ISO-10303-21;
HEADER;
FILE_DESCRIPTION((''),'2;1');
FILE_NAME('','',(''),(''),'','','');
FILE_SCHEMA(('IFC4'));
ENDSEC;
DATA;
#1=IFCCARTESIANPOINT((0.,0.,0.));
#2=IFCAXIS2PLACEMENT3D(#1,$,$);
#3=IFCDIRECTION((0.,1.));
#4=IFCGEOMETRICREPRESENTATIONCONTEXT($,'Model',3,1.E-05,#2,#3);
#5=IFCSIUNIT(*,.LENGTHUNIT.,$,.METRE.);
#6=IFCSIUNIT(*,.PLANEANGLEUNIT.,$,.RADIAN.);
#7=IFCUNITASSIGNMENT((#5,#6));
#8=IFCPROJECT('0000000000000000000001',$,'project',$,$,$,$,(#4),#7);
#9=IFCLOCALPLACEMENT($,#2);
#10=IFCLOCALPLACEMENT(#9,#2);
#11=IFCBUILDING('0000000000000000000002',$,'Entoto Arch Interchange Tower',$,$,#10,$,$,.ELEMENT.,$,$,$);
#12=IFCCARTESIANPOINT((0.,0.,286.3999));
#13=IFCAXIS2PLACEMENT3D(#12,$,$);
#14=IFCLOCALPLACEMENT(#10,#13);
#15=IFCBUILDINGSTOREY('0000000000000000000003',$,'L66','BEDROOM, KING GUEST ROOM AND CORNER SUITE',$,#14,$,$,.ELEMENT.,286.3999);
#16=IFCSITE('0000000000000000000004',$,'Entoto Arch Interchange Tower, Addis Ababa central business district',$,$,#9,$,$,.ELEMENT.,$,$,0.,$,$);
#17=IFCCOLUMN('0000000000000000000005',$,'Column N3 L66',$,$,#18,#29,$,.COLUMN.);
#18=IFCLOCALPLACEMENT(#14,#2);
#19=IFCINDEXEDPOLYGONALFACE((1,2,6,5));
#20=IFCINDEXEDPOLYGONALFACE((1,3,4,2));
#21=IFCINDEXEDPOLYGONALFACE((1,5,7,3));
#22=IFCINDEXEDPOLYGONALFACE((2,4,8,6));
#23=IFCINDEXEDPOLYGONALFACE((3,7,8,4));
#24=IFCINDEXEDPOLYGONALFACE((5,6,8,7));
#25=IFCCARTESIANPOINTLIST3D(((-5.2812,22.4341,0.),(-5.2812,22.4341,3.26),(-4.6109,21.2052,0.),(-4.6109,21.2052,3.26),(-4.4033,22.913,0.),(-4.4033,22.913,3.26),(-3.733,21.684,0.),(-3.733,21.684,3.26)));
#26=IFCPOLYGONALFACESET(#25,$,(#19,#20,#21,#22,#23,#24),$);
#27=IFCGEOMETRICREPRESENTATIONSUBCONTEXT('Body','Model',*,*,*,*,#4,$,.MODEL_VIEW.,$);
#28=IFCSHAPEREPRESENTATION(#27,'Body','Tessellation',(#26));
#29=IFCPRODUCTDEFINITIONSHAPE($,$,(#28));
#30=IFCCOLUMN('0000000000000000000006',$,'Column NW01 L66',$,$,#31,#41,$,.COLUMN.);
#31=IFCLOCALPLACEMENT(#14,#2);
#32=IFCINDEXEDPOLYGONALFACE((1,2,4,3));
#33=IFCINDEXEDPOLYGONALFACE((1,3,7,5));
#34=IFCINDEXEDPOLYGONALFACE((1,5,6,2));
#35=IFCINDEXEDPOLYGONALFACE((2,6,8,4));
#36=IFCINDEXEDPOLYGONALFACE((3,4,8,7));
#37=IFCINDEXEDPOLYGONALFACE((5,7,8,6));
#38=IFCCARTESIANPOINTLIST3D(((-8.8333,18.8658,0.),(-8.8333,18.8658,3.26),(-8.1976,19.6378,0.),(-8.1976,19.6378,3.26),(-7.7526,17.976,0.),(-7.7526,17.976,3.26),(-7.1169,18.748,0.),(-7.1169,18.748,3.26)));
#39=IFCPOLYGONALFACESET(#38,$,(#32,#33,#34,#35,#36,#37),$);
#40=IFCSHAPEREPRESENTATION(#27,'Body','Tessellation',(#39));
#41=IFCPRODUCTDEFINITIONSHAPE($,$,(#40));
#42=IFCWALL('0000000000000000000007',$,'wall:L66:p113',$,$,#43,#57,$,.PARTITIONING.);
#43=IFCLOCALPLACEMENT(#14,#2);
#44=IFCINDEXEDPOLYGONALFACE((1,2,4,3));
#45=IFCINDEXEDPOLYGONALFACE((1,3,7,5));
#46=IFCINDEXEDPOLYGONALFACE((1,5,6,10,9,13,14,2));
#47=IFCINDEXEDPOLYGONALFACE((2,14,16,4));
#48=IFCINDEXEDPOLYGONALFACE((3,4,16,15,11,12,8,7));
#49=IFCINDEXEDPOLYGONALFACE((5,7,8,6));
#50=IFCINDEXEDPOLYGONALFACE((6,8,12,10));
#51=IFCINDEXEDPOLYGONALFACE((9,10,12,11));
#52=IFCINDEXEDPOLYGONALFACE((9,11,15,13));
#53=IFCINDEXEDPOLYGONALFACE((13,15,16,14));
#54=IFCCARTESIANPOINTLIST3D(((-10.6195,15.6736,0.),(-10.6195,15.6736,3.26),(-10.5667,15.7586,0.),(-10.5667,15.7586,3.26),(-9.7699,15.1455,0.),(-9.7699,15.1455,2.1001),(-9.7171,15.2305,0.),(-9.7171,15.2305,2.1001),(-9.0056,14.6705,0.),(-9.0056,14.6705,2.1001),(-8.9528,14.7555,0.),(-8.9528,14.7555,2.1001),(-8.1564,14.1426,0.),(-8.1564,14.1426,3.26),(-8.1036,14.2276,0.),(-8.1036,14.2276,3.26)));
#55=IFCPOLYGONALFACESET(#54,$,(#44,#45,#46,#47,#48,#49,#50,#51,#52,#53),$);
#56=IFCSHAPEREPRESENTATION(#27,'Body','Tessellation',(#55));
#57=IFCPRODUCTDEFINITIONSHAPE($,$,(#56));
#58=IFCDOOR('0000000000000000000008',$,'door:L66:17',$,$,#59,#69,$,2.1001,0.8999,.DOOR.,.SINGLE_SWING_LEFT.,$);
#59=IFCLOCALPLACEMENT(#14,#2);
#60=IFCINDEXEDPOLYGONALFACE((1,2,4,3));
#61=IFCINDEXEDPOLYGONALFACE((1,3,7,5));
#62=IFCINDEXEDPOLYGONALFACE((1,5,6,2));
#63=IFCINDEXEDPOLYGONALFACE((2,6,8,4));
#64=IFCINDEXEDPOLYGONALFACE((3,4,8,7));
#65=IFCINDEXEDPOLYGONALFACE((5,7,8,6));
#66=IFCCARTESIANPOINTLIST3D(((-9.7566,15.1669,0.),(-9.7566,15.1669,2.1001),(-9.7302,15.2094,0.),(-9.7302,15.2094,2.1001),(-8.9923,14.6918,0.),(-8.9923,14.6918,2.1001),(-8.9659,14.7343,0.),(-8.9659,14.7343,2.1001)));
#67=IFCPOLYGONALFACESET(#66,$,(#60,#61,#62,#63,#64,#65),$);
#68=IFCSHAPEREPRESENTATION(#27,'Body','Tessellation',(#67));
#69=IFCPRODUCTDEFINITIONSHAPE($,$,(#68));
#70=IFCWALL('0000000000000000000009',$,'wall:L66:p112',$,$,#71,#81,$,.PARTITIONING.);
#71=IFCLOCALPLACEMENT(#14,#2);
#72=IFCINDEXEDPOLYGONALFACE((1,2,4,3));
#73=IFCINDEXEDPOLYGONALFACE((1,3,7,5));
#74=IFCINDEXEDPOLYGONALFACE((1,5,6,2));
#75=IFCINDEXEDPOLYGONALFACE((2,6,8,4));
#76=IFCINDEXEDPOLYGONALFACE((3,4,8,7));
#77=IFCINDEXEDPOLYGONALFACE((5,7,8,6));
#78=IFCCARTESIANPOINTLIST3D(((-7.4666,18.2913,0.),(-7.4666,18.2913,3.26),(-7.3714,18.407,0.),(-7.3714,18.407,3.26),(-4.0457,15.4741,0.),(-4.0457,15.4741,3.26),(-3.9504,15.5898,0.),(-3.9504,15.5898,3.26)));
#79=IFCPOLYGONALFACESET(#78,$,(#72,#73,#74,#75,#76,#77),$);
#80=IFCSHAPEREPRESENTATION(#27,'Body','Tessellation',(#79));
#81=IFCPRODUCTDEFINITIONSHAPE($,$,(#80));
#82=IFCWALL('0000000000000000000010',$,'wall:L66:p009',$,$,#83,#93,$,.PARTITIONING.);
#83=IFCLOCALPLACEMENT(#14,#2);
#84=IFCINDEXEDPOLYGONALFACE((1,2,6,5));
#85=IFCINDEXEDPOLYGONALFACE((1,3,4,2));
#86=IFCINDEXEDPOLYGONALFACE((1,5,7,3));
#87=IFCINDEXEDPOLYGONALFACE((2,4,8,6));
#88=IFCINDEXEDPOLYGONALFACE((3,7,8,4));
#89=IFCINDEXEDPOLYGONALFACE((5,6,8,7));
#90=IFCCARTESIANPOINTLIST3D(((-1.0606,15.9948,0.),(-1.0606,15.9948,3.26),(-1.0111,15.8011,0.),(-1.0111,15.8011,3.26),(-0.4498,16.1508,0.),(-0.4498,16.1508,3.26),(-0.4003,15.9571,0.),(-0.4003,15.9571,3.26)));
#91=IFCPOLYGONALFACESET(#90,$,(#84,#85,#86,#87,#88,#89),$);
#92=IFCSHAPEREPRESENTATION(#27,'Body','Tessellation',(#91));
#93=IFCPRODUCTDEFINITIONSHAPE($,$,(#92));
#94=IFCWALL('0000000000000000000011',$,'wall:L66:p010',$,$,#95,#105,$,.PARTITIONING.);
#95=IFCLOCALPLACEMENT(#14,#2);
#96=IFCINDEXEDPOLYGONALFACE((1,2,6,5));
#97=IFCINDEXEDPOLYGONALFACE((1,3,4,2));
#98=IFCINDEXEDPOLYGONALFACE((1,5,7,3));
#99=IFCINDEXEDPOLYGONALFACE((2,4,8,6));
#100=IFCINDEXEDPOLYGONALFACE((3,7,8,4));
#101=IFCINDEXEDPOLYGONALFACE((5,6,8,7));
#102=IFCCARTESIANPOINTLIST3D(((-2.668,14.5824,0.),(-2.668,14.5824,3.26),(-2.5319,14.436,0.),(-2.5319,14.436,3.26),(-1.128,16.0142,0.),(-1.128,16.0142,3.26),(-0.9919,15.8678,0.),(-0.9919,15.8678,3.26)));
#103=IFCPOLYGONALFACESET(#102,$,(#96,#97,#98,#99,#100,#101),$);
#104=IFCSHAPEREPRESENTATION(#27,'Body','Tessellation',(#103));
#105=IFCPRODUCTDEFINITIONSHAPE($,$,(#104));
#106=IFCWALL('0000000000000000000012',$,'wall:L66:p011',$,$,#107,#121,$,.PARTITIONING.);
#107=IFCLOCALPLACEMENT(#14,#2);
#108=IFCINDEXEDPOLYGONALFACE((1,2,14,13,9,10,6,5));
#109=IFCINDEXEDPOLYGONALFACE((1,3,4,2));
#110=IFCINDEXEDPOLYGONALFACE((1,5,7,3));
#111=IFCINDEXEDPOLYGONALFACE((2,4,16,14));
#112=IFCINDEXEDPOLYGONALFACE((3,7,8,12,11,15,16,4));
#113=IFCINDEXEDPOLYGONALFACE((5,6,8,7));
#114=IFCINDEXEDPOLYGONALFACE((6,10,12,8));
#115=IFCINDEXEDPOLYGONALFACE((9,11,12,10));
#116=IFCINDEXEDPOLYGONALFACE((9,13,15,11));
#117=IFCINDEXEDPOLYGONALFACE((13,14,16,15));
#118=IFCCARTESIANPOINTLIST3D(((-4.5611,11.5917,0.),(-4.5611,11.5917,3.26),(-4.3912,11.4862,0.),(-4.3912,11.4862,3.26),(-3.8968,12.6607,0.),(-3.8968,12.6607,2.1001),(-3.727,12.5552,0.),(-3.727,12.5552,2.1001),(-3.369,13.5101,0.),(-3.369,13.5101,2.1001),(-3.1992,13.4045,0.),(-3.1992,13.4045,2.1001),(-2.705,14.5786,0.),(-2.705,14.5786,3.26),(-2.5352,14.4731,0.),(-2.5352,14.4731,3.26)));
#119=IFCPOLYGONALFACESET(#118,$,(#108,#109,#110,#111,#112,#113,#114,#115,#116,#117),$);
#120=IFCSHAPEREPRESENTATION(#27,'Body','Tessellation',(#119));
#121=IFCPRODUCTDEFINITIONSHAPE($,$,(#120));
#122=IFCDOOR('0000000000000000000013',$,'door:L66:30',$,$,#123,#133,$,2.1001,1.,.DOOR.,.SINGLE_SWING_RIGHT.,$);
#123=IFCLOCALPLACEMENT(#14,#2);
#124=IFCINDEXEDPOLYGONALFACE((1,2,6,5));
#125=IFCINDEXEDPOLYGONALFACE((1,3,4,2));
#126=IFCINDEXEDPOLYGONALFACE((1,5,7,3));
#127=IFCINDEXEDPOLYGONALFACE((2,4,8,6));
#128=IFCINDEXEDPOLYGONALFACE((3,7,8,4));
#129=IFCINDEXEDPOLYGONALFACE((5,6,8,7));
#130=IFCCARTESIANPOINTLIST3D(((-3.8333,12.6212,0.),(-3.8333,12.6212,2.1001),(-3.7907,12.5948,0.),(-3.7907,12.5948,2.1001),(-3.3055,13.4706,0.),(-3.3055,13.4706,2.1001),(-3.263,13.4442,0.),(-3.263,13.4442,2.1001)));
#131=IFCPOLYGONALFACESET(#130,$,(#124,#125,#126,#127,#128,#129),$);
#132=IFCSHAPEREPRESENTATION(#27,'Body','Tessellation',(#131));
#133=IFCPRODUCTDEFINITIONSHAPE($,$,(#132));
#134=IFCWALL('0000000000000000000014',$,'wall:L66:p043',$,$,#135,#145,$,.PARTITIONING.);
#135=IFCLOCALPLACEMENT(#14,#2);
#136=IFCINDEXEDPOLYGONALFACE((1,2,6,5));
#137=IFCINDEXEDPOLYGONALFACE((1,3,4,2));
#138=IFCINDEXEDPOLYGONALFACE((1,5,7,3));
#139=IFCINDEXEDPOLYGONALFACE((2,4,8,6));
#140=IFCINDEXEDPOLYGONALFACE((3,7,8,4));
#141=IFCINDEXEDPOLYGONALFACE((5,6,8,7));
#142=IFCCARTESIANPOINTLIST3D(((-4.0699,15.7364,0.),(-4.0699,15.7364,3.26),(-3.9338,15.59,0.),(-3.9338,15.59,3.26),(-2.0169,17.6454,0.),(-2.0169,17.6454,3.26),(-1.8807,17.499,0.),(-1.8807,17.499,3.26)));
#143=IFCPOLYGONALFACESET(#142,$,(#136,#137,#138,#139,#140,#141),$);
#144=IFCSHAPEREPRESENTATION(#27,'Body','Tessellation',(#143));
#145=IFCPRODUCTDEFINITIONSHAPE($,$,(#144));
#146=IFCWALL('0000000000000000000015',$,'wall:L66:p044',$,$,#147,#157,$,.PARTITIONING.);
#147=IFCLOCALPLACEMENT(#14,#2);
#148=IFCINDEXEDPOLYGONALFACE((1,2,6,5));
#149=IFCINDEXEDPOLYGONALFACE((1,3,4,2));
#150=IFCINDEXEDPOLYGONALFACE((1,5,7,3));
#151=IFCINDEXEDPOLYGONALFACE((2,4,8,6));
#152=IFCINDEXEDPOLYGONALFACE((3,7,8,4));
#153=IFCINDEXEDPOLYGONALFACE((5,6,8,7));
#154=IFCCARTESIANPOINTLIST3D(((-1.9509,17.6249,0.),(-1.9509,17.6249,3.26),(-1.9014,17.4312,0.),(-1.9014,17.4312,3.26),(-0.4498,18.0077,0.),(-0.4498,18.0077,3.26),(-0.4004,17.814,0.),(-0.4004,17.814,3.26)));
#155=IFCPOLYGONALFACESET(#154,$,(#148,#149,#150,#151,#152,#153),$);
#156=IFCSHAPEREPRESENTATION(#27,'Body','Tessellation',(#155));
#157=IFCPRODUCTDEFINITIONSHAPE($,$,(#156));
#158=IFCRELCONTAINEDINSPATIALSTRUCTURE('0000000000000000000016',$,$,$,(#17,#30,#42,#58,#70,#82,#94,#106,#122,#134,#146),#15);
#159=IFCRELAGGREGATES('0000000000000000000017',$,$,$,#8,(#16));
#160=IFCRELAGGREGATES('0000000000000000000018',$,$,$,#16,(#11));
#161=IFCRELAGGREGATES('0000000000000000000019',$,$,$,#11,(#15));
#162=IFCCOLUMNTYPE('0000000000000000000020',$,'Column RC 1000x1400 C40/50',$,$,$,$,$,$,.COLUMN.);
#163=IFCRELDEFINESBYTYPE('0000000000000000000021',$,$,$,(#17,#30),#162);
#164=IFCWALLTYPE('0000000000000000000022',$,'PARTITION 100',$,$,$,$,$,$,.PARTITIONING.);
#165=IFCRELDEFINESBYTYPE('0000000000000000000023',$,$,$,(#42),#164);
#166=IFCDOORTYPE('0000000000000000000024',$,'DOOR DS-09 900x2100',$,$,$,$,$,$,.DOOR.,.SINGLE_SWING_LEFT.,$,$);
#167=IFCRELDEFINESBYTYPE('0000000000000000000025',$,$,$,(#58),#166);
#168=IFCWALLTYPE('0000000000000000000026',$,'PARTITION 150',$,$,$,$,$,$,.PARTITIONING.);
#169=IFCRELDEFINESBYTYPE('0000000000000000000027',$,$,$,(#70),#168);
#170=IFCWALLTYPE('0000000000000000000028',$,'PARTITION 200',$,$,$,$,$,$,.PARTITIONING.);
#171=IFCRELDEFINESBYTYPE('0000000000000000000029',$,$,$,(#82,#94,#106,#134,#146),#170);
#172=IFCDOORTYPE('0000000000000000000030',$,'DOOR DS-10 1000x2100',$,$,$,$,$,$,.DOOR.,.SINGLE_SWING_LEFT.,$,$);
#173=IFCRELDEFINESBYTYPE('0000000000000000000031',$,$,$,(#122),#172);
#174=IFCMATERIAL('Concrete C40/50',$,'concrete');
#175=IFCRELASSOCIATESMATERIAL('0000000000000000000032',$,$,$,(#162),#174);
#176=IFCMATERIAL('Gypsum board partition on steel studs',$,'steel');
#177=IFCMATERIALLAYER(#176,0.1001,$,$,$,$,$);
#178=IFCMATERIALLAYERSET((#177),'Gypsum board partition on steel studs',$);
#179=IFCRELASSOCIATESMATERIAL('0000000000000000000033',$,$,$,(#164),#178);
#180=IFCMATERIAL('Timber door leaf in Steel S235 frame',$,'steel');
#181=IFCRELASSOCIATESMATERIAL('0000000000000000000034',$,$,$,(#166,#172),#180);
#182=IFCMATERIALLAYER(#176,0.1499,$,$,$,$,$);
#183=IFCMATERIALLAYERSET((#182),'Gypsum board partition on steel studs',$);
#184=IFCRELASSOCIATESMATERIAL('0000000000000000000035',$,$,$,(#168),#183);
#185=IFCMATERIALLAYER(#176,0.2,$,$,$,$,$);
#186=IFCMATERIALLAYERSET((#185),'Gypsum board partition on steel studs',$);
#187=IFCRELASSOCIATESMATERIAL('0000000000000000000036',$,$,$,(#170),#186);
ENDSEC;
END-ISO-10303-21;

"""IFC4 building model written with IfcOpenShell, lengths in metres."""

from ifc_helpers import new_model, si_unit, direction, frame, frame_2d, origin, origin_2d, place, context, subcontext, project, spatial, rectangle, extrude, material, layer, layer_set, material_profile, profile_set, type_object, element, fill, save


model = new_model("IFC4")

# Units and contexts
model_context = context("Model", 3, precision=1e-05, world=origin(), true_north=direction((0.0, 1.0)))
body_context = subcontext(model_context, "Body", "Model", "MODEL_VIEW")
ifc_project = project(units=[si_unit("LENGTHUNIT", "METRE"), si_unit("PLANEANGLEUNIT", "RADIAN")], contexts=[model_context])

# Site, building, storey
site_placement = place(None, origin())
site = spatial("IfcSite", under=ifc_project, at=site_placement, Name="Entoto Arch Interchange Tower, Addis Ababa central business district", CompositionType="ELEMENT", RefElevation=0.0)
building_placement = place(site_placement, origin())
building = spatial("IfcBuilding", under=site, at=building_placement, Name="Entoto Arch Interchange Tower", CompositionType="ELEMENT")
storey_placement = place(building_placement, frame((0.0, 0.0, 286.3999)))
storey = spatial("IfcBuildingStorey", under=building, at=storey_placement, Name="L66", Description="BEDROOM, KING GUEST ROOM AND CORNER SUITE", CompositionType="ELEMENT", Elevation=286.3999)

# Columns
ifc_material_1 = material(Name="Concrete C40/50", Category="concrete")
ifc_material_profile = material_profile(ifc_material_1, rectangle(XDim=1.0, YDim=1.3999, at=origin_2d()))
ifc_profile_set = profile_set([ifc_material_profile], Name="Concrete C40/50")
column_type = type_object("IfcColumnType", Name="Column RC 1000x1400 C40/50", PredefinedType="COLUMN", material=ifc_profile_set)
for number, where, z_axis, x_axis, name in (
    (1, (-4.5071, 22.0591, 0.0), (0.0, 0.0, 1.0), (0.877899, 0.478845, 0.0), "Column N3 L66"),
    (2, (-7.9751, 18.8069, 0.0), (0.0, 0.0, 1.0), (0.635647, 0.77198, 0.0), "Column NW01 L66"),
):
    element("IfcColumn", number, at=place(storey_placement, frame(where, z_axis=z_axis, x_axis=x_axis)), inside=storey, type_object=column_type, Name=name, PredefinedType="COLUMN", context=body_context, shape_type="SweptSolid", body=[
        extrude(rectangle(XDim=1.0, YDim=1.3999, at=origin_2d()), origin(), (0.0, 0.0, 1.0), 3.26),
    ])

# Wall, opening, door
ifc_material_2 = material(Name="Gypsum board partition on steel studs", Category="steel")
ifc_layer_1 = layer(ifc_material_2, 0.1001)
ifc_layer_set_1 = layer_set([ifc_layer_1], Name="Gypsum board partition on steel studs")
wall_type_1 = type_object("IfcWallType", Name="PARTITION 100", PredefinedType="PARTITIONING", material=ifc_layer_set_1)
wall_1_placement = place(storey_placement, frame((-8.1299, 14.1851, 0.0), z_axis=(0.0, 0.0, 1.0), x_axis=(-0.849306, 0.527901, 0.0)))
wall_1 = element("IfcWall", 3, at=wall_1_placement, inside=storey, type_object=wall_type_1, Name="wall:L66:p113", PredefinedType="PARTITIONING", context=body_context, shape_type="SweptSolid", body=[
    extrude(rectangle(XDim=2.9001, YDim=0.1001, at=frame_2d((1.4502, 0.0))), origin(), (0.0, 0.0, 1.0), 3.26),
])
opening_1_placement = place(wall_1_placement, frame((1.0, 0.0, 0.0)))
opening_1 = element("IfcOpeningElement", 4, at=opening_1_placement, cuts=wall_1, PredefinedType="OPENING", context=body_context, shape_type="SweptSolid", body=[
    extrude(rectangle(XDim=0.8999, YDim=2.1001, at=frame_2d((0.45, 1.05))), frame((0.0, 0.0601, 0.0), z_axis=(0.0, -1.0, 0.0), x_axis=(1.0, 0.0, 0.0)), (0.0, 0.0, 1.0), 0.1201),
])
ifc_material_3 = material(Name="Timber door leaf in Steel S235 frame", Category="steel")
door_type_1 = type_object("IfcDoorType", Name="DOOR DS-09 900x2100", OperationType="SINGLE_SWING_LEFT", PredefinedType="DOOR", material=ifc_material_3)
door_1_placement = place(opening_1_placement, origin())
door_1 = element("IfcDoor", 5, at=door_1_placement, inside=storey, type_object=door_type_1, Name="door:L66:17", OperationType="SINGLE_SWING_LEFT", OverallHeight=2.1001, OverallWidth=0.8999, PredefinedType="DOOR", context=body_context, shape_type="SweptSolid", body=[
    extrude(rectangle(XDim=0.8999, YDim=2.1001, at=frame_2d((0.45, 1.05))), frame((0.0, 0.0249, 0.0), z_axis=(0.0, -1.0, 0.0), x_axis=(1.0, 0.0, 0.0)), (0.0, 0.0, 1.0), 0.05),
])
fill(opening_1, door_1)

# Walls
ifc_layer_2 = layer(ifc_material_2, 0.1499)
ifc_layer_set_2 = layer_set([ifc_layer_2], Name="Gypsum board partition on steel studs")
wall_type_2 = type_object("IfcWallType", Name="PARTITION 150", PredefinedType="PARTITIONING", material=ifc_layer_set_2)
wall_2_placement = place(storey_placement, frame((-3.998, 15.532, 0.0), z_axis=(0.0, 0.0, 1.0), x_axis=(-0.771938, 0.635698, 0.0)))
element("IfcWall", 6, at=wall_2_placement, inside=storey, type_object=wall_type_2, Name="wall:L66:p112", PredefinedType="PARTITIONING", context=body_context, shape_type="SweptSolid", body=[
    extrude(rectangle(XDim=4.4316, YDim=0.1499, at=frame_2d((2.2158, 0.0))), origin(), (0.0, 0.0, 1.0), 3.26),
])
ifc_layer_3 = layer(ifc_material_2, 0.2)
ifc_layer_set_3 = layer_set([ifc_layer_3], Name="Gypsum board partition on steel studs")
wall_type_3 = type_object("IfcWallType", Name="PARTITION 200", PredefinedType="PARTITIONING", material=ifc_layer_set_3)
wall_3_placement = place(storey_placement, frame((-0.425, 16.054, 0.0), z_axis=(0.0, 0.0, 1.0), x_axis=(-0.9689, -0.247453, 0.0)))
element("IfcWall", 7, at=wall_3_placement, inside=storey, type_object=wall_type_3, Name="wall:L66:p009", PredefinedType="PARTITIONING", context=body_context, shape_type="SweptSolid", body=[
    extrude(rectangle(XDim=0.6304, YDim=0.2, at=frame_2d((0.3152, 0.0))), origin(), (0.0, 0.0, 1.0), 3.26),
])
wall_4_placement = place(storey_placement, frame((-1.0601, 15.9409, 0.0), z_axis=(0.0, 0.0, 1.0), x_axis=(-0.732355, -0.680923, 0.0)))
element("IfcWall", 8, at=wall_4_placement, inside=storey, type_object=wall_type_3, Name="wall:L66:p010", PredefinedType="PARTITIONING", context=body_context, shape_type="SweptSolid", body=[
    extrude(rectangle(XDim=2.1028, YDim=0.2, at=frame_2d((1.0513, 0.0))), origin(), (0.0, 0.0, 1.0), 3.26),
])

# Wall, opening, door
wall_5_placement = place(storey_placement, frame((-2.6201, 14.5259, 0.0), z_axis=(0.0, 0.0, 1.0), x_axis=(-0.527788, -0.849376, 0.0)))
wall_5 = element("IfcWall", 9, at=wall_5_placement, inside=storey, type_object=wall_type_3, Name="wall:L66:p011", PredefinedType="PARTITIONING", context=body_context, shape_type="SweptSolid", body=[
    extrude(rectangle(XDim=3.5166, YDim=0.2, at=frame_2d((1.7583, 0.0))), origin(), (0.0, 0.0, 1.0), 3.26),
])
opening_2_placement = place(wall_5_placement, frame((1.2581, 0.0, 0.0)))
opening_2 = element("IfcOpeningElement", 10, at=opening_2_placement, cuts=wall_5, PredefinedType="OPENING", context=body_context, shape_type="SweptSolid", body=[
    extrude(rectangle(XDim=1.0, YDim=2.1001, at=frame_2d((0.5, 1.05))), frame((0.0, 0.1099, 0.0), z_axis=(0.0, -1.0, 0.0), x_axis=(1.0, 0.0, 0.0)), (0.0, 0.0, 1.0), 0.22),
])
door_type_2 = type_object("IfcDoorType", Name="DOOR DS-10 1000x2100", OperationType="SINGLE_SWING_LEFT", PredefinedType="DOOR", material=ifc_material_3)
door_2_placement = place(opening_2_placement, origin())
door_2 = element("IfcDoor", 11, at=door_2_placement, inside=storey, type_object=door_type_2, Name="door:L66:30", OperationType="SINGLE_SWING_RIGHT", OverallHeight=2.1001, OverallWidth=1.0, PredefinedType="DOOR", context=body_context, shape_type="SweptSolid", body=[
    extrude(rectangle(XDim=1.0, YDim=2.1001, at=frame_2d((0.5, 1.05))), frame((0.0, 0.0249, 0.0), z_axis=(0.0, -1.0, 0.0), x_axis=(1.0, 0.0, 0.0)), (0.0, 0.0, 1.0), 0.05),
])
fill(opening_2, door_2)

# Walls
wall_6_placement = place(storey_placement, frame((-4.002, 15.6631, 0.0), z_axis=(0.0, 0.0, 1.0), x_axis=(0.732331, 0.680949, 0.0)))
element("IfcWall", 12, at=wall_6_placement, inside=storey, type_object=wall_type_3, Name="wall:L66:p043", PredefinedType="PARTITIONING", context=body_context, shape_type="SweptSolid", body=[
    extrude(rectangle(XDim=2.8035, YDim=0.2, at=frame_2d((1.4019, 0.0))), origin(), (0.0, 0.0, 1.0), 3.26),
])
wall_7_placement = place(storey_placement, frame((-1.926, 17.5281, 0.0), z_axis=(0.0, 0.0, 1.0), x_axis=(0.968982, 0.247131, 0.0)))
element("IfcWall", 13, at=wall_7_placement, inside=storey, type_object=wall_type_3, Name="wall:L66:p044", PredefinedType="PARTITIONING", context=body_context, shape_type="SweptSolid", body=[
    extrude(rectangle(XDim=1.5491, YDim=0.2, at=frame_2d((0.7744, 0.0))), origin(), (0.0, 0.0, 1.0), 3.26),
])

save(model, "model.ifc")
